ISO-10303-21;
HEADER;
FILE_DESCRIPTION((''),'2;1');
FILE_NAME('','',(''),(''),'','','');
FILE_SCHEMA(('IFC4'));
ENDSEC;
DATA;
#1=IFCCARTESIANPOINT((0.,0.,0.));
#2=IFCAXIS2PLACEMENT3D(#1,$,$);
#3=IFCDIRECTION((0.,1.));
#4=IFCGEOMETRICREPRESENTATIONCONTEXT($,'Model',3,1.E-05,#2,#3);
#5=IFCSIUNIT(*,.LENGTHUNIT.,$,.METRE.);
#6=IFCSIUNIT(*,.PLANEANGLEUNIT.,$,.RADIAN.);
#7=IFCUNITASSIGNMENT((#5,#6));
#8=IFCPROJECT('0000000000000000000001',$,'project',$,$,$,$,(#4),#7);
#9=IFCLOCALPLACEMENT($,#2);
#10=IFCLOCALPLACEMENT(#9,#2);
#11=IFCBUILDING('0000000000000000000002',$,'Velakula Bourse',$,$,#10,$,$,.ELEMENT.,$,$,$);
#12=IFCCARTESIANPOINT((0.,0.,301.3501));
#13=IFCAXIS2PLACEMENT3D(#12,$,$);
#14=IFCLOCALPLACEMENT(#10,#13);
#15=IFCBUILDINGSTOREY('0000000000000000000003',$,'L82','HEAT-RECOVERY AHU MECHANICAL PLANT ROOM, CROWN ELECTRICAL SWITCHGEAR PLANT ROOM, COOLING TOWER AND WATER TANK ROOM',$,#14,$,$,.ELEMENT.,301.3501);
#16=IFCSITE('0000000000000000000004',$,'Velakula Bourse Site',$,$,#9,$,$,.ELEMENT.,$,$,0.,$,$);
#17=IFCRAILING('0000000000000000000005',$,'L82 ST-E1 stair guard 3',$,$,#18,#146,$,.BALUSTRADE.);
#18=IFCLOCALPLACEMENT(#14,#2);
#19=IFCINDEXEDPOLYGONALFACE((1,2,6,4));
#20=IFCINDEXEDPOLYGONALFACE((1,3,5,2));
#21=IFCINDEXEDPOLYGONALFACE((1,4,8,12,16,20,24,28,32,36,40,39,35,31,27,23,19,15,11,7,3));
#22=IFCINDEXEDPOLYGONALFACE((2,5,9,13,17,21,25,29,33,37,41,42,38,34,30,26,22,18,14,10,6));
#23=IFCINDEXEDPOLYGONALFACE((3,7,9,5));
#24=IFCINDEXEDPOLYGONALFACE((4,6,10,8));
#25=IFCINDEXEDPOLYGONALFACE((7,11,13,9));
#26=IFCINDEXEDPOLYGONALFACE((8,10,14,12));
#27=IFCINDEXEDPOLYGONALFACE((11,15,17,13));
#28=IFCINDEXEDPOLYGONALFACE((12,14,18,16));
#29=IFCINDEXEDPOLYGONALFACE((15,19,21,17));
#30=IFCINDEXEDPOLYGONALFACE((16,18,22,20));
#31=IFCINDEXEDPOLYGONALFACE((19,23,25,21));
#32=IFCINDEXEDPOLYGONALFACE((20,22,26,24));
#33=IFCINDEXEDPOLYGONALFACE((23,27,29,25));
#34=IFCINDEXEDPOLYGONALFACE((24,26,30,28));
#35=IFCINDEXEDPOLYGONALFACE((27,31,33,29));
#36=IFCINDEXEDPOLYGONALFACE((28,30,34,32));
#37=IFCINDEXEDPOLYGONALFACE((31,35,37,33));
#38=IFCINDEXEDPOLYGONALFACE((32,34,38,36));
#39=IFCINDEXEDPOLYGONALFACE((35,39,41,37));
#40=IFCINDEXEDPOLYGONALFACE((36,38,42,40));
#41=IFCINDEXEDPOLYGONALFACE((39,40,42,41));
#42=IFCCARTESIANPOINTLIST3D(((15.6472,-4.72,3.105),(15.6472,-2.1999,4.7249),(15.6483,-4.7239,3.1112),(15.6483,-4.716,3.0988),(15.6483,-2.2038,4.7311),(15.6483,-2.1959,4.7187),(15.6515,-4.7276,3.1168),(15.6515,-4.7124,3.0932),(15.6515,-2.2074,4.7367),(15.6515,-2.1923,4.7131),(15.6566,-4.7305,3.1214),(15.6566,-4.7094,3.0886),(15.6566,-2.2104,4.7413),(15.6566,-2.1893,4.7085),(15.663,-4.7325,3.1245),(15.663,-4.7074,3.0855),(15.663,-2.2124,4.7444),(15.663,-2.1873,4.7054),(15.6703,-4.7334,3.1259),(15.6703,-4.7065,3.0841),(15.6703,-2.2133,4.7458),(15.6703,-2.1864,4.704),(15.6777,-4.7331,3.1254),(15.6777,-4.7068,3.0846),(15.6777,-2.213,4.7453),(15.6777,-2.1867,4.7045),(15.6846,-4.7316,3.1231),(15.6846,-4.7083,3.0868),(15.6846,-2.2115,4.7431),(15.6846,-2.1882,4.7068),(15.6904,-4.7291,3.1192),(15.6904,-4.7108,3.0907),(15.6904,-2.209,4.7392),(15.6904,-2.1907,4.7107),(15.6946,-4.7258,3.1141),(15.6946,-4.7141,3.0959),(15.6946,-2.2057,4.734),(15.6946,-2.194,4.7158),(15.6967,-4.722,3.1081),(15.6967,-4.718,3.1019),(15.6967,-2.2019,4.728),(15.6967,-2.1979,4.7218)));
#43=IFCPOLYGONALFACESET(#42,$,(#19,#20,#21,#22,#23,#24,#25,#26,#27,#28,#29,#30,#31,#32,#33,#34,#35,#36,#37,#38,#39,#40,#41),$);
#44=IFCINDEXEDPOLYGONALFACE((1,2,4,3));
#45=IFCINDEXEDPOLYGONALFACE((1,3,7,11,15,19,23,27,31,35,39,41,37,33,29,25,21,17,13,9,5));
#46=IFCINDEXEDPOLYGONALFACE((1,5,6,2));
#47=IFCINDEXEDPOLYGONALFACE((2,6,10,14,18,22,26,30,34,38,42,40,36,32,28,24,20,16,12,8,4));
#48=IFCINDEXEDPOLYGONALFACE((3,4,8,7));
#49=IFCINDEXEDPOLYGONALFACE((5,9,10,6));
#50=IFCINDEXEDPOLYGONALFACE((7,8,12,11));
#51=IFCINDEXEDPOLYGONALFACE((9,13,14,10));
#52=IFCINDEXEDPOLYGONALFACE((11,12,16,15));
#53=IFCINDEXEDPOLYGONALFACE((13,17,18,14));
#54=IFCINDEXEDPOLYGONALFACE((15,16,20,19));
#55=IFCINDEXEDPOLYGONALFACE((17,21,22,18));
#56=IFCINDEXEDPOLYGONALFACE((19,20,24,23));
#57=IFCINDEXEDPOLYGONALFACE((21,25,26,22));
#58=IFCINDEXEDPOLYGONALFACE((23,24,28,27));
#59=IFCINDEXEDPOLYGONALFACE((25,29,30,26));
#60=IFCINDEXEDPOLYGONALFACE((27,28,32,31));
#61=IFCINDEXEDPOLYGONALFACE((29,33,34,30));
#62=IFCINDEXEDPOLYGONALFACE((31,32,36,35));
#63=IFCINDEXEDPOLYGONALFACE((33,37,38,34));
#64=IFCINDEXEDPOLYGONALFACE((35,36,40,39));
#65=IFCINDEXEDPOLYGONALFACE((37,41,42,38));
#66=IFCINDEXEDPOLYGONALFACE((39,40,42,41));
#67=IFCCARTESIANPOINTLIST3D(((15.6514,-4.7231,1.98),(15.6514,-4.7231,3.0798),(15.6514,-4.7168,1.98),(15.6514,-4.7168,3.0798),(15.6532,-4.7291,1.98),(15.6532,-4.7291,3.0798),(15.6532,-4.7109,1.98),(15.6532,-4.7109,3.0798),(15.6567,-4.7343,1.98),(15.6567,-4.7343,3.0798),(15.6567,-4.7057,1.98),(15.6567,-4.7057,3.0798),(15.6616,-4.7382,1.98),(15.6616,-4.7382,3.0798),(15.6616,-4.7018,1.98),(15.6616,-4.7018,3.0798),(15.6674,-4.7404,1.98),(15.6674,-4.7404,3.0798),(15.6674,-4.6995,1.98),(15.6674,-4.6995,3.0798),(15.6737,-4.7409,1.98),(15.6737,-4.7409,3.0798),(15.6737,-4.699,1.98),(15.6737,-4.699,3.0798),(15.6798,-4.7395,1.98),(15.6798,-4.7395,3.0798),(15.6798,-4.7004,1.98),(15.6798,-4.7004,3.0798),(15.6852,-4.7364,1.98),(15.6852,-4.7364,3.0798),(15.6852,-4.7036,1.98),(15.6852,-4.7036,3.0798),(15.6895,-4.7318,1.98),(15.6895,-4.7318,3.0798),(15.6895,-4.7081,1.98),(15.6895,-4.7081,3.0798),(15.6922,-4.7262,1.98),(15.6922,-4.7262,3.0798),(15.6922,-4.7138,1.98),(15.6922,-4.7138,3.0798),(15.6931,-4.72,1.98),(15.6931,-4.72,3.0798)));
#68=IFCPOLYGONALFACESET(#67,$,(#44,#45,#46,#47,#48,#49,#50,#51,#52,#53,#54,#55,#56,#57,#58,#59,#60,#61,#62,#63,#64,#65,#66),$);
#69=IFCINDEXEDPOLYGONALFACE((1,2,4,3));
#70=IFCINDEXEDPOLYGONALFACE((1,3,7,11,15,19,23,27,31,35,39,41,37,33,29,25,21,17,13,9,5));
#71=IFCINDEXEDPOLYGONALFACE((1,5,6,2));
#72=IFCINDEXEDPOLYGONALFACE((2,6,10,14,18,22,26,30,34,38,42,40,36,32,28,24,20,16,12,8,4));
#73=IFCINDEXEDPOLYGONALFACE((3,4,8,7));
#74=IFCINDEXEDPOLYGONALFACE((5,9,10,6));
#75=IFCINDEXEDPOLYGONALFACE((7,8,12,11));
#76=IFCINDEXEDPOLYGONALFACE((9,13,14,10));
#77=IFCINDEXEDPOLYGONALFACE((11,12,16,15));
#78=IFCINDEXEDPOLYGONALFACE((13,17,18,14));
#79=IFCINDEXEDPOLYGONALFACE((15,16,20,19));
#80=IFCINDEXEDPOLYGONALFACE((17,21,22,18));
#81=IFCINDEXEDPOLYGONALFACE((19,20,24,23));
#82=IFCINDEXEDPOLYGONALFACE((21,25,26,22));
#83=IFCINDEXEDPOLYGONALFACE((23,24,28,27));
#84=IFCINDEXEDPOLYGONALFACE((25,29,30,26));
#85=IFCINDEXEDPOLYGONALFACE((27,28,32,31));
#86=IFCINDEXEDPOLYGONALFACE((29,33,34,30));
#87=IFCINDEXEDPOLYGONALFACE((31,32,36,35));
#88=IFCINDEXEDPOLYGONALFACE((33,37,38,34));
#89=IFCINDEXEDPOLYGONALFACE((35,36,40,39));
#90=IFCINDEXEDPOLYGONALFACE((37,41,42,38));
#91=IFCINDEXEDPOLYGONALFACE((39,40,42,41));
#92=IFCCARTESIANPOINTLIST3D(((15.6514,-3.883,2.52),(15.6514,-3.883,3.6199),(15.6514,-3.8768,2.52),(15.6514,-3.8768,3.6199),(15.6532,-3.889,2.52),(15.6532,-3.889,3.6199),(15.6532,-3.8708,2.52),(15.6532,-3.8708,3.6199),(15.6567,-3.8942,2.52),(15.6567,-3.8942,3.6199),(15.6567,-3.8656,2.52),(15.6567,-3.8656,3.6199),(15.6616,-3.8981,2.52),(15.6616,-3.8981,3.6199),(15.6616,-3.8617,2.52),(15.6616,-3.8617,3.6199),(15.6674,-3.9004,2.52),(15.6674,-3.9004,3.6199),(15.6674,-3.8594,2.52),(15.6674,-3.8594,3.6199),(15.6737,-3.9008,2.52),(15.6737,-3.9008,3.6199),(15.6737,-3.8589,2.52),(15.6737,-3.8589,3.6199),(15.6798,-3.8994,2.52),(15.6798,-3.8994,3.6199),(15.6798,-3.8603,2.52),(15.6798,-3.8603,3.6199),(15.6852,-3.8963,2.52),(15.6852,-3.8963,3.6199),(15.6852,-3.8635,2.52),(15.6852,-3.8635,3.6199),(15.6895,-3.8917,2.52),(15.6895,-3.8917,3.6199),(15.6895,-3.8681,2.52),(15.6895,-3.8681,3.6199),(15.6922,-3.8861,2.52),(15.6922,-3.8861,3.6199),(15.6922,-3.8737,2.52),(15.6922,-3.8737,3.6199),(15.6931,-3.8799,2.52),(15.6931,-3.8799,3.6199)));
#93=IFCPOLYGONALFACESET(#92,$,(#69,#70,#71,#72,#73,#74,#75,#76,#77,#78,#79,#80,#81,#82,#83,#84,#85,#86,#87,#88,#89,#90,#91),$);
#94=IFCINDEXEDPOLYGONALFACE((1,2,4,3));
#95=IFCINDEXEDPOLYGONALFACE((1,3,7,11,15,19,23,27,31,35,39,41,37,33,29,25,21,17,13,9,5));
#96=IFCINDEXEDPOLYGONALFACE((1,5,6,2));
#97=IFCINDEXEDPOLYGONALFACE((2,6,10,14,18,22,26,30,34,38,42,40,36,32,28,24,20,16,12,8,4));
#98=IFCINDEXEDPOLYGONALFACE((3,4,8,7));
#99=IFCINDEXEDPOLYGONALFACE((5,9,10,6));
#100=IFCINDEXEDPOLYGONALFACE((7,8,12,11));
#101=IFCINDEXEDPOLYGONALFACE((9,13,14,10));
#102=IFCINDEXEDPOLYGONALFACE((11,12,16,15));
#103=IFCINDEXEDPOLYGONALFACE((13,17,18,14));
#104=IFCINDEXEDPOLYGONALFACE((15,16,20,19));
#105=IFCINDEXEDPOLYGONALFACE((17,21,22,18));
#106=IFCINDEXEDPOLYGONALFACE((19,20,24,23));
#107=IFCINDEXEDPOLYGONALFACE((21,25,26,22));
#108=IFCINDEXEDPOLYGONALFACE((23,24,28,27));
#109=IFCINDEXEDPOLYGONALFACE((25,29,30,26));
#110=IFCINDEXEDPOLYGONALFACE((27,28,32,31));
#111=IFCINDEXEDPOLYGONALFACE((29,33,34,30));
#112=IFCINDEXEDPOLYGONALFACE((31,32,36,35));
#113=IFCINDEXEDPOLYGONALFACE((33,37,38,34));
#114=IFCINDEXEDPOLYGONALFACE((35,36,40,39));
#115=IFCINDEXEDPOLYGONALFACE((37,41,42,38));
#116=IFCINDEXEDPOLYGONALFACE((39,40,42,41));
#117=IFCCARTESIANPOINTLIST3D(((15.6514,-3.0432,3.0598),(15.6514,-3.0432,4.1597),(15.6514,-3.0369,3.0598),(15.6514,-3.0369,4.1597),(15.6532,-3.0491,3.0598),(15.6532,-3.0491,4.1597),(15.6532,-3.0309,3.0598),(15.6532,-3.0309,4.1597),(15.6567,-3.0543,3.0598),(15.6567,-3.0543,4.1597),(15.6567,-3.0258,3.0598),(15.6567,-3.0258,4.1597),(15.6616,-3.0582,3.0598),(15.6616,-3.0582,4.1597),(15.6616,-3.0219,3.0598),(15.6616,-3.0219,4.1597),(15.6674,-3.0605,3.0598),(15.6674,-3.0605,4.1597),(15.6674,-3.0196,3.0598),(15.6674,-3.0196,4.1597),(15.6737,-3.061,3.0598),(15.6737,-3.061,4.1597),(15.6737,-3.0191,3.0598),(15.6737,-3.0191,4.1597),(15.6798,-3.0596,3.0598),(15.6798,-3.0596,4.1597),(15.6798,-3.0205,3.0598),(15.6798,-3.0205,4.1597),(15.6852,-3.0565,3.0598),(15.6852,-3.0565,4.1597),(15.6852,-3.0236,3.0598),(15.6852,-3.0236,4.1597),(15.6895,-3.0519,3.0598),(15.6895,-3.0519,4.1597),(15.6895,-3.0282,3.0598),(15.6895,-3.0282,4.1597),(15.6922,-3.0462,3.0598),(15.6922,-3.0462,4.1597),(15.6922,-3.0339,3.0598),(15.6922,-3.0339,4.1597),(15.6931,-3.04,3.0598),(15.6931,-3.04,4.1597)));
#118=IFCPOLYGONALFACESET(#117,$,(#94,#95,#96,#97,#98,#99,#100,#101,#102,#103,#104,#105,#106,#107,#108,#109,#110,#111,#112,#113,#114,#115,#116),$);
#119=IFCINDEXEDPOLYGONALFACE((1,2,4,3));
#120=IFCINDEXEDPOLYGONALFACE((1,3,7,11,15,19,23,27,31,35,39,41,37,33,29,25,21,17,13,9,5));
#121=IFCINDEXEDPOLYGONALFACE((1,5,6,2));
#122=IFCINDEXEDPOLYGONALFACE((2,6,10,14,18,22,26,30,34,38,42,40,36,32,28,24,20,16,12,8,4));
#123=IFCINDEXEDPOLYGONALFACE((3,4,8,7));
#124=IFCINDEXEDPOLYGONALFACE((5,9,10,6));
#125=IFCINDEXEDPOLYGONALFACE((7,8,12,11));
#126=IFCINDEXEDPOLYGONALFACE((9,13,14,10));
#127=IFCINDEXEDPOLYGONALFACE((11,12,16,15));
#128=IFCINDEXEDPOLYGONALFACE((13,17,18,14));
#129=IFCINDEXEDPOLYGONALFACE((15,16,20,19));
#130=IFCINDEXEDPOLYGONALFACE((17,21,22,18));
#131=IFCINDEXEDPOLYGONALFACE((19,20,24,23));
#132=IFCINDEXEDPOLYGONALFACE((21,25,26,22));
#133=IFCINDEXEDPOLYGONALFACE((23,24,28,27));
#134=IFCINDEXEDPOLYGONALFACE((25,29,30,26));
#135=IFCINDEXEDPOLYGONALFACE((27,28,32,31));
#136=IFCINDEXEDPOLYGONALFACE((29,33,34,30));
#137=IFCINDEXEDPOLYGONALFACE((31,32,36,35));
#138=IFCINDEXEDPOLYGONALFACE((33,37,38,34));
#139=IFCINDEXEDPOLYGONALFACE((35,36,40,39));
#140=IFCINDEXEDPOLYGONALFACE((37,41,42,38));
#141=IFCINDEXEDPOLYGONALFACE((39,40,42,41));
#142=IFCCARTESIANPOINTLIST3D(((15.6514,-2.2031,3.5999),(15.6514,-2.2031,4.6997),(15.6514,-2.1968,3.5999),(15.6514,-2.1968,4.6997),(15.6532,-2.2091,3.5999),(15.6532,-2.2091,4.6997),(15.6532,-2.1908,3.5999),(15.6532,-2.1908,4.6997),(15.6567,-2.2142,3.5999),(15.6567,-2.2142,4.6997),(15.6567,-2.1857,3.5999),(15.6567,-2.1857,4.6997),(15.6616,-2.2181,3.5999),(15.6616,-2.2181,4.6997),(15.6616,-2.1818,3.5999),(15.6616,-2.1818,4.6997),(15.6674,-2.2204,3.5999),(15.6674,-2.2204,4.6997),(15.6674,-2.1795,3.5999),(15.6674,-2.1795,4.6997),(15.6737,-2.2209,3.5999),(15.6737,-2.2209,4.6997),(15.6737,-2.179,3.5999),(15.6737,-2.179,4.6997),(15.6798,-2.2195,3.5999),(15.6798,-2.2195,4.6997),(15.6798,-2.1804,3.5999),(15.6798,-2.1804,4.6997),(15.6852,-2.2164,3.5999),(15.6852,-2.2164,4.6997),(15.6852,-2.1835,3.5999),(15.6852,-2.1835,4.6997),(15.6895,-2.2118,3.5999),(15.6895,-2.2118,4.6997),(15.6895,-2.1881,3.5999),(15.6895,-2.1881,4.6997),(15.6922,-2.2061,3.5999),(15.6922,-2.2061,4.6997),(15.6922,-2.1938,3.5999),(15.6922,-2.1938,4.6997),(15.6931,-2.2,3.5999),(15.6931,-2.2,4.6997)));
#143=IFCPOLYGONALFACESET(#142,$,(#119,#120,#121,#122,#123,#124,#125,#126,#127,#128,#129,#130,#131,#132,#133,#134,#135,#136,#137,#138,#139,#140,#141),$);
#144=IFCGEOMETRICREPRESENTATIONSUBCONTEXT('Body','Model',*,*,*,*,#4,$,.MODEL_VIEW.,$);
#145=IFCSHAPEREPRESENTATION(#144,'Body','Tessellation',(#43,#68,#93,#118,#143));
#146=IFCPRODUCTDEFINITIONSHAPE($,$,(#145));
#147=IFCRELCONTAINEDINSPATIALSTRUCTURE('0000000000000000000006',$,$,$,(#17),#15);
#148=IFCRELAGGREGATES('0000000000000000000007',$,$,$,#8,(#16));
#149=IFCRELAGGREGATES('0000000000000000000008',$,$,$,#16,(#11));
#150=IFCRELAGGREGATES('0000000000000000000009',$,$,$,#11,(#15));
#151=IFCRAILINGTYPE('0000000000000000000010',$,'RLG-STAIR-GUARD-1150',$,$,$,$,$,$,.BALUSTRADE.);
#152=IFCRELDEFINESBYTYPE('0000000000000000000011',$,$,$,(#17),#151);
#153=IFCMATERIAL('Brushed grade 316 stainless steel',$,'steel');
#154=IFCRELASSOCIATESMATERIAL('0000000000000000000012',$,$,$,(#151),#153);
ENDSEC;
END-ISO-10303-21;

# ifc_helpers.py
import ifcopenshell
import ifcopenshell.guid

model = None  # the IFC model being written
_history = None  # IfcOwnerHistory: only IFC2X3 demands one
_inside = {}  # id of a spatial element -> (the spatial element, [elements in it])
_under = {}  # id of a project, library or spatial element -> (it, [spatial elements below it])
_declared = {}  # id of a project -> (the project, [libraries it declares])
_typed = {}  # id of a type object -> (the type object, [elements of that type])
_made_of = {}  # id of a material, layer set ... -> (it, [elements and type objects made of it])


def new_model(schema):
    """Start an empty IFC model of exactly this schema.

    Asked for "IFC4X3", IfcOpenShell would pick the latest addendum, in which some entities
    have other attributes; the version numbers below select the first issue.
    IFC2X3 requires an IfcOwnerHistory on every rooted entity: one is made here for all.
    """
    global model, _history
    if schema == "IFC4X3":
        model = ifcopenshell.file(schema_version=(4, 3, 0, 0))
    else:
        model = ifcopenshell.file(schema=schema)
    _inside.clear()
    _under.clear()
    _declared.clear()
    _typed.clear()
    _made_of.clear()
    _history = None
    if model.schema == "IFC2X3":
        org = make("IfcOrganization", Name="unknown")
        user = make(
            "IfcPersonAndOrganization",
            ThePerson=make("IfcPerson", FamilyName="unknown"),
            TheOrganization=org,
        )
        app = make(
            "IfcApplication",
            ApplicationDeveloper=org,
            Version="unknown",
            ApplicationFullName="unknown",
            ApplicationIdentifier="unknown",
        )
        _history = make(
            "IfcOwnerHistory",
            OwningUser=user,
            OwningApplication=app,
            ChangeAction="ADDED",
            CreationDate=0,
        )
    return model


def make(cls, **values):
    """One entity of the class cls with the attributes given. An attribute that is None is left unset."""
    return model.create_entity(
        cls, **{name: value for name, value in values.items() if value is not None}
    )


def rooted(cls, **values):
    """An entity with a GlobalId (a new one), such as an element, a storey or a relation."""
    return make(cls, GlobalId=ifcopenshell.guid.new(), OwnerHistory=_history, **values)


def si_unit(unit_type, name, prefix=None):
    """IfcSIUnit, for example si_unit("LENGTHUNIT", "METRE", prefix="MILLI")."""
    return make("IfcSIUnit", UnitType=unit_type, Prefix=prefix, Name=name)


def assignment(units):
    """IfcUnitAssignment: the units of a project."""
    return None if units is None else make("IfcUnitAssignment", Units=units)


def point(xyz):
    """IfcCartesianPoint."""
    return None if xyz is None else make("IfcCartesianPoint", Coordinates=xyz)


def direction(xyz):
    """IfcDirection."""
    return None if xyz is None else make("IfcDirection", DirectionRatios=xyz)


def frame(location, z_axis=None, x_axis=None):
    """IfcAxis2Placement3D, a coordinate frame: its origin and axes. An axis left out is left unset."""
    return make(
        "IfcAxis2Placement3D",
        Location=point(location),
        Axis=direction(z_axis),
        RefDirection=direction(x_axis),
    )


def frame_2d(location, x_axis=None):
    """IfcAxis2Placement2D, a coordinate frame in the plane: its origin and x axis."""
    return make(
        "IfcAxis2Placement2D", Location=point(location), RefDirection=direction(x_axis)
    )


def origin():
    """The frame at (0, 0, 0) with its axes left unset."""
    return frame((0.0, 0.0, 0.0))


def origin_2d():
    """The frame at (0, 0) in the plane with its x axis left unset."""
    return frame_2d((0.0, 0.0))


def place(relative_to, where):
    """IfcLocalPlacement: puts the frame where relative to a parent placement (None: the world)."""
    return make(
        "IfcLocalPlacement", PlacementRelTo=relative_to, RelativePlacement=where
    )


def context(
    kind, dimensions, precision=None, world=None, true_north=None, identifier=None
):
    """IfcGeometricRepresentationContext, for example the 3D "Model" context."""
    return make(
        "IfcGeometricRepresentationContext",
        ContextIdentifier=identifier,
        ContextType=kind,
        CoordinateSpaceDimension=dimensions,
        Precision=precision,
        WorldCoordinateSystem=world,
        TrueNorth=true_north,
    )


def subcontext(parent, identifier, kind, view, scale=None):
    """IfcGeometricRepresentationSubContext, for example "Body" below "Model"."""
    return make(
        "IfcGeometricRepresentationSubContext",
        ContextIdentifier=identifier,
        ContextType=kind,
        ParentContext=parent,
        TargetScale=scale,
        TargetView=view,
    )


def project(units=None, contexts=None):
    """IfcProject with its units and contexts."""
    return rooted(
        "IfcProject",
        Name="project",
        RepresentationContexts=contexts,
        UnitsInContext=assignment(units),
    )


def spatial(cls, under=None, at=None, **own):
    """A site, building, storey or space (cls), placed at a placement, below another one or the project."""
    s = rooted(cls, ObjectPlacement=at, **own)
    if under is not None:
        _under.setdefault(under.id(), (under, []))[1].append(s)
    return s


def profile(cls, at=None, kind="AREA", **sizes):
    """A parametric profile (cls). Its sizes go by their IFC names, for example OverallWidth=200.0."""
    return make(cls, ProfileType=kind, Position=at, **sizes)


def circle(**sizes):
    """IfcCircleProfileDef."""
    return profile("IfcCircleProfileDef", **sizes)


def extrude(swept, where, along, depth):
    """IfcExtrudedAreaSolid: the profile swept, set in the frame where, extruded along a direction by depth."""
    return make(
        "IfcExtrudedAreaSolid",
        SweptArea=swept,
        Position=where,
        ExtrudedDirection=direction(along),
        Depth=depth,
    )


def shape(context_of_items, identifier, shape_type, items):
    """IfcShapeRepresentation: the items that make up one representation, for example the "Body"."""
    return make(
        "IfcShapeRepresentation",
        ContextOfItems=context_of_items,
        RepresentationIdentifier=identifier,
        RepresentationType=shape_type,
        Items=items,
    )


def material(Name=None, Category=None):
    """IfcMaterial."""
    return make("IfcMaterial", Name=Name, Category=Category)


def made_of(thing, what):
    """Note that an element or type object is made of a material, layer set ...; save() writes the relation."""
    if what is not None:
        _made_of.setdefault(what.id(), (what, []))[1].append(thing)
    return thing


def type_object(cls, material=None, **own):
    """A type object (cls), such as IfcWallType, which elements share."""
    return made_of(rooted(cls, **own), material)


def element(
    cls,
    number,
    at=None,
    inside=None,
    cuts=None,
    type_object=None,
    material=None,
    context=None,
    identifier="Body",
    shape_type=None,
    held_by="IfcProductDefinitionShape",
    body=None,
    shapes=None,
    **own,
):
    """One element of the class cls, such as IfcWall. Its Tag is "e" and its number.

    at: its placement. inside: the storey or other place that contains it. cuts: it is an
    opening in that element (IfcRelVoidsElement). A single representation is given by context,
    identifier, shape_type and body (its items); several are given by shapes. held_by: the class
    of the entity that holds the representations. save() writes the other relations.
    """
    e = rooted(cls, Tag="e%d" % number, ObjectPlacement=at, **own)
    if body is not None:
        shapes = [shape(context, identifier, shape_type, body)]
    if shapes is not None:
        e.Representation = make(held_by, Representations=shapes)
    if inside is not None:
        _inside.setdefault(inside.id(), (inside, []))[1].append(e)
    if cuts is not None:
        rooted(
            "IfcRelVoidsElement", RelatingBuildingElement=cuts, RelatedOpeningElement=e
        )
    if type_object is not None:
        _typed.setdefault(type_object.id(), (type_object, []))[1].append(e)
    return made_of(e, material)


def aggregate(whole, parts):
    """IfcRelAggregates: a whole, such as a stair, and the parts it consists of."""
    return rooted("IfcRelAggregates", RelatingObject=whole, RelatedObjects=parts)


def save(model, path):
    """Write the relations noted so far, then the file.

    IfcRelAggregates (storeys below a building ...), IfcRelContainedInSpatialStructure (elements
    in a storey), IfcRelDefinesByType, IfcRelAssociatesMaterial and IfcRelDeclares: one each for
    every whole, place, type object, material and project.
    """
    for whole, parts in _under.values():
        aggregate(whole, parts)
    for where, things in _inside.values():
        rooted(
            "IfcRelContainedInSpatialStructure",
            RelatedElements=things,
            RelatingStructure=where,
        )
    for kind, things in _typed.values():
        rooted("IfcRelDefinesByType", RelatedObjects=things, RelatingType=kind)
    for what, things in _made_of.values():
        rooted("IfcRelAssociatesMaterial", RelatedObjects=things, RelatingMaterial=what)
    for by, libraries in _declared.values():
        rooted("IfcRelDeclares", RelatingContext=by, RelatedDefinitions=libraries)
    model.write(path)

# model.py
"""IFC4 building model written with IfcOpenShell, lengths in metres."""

from ifc_helpers import new_model, si_unit, direction, frame, origin, origin_2d, place, context, subcontext, project, spatial, circle, extrude, material, type_object, element, save


model = new_model("IFC4")

# Units and contexts
model_context = context("Model", 3, precision=1e-05, world=origin(), true_north=direction((0.0, 1.0)))
body_context = subcontext(model_context, "Body", "Model", "MODEL_VIEW")
ifc_project = project(units=[si_unit("LENGTHUNIT", "METRE"), si_unit("PLANEANGLEUNIT", "RADIAN")], contexts=[model_context])

# Site, building, storey
site_placement = place(None, origin())
site = spatial("IfcSite", under=ifc_project, at=site_placement, Name="Velakula Bourse Site", CompositionType="ELEMENT", RefElevation=0.0)
building_placement = place(site_placement, origin())
building = spatial("IfcBuilding", under=site, at=building_placement, Name="Velakula Bourse", CompositionType="ELEMENT")
storey_placement = place(building_placement, frame((0.0, 0.0, 301.3501)))
storey = spatial("IfcBuildingStorey", under=building, at=storey_placement, Name="L82", Description="HEAT-RECOVERY AHU MECHANICAL PLANT ROOM, CROWN ELECTRICAL SWITCHGEAR PLANT ROOM, COOLING TOWER AND WATER TANK ROOM", CompositionType="ELEMENT", Elevation=301.3501)

# Shared definitions
ifc_material_1 = material(Name="Brushed grade 316 stainless steel", Category="steel")

# Railing
railing_type_1 = type_object("IfcRailingType", Name="RLG-STAIR-GUARD-1150", PredefinedType="BALUSTRADE", material=ifc_material_1)
railing_1_placement = place(storey_placement, frame((15.6721, -4.72, 1.98)))
element("IfcRailing", 1, at=railing_1_placement, inside=storey, type_object=railing_type_1, Name="L82 ST-E1 stair guard 3", PredefinedType="BALUSTRADE", context=body_context, shape_type="SweptSolid", body=[
    extrude(circle(Radius=0.0249, at=origin_2d()), frame((0.0, 0.0, 1.125), z_axis=(0.0, 0.8412, 0.540725), x_axis=(-1.0, 0.0, 0.0)), (0.0, 0.0, 1.0), 2.9958),
    extrude(circle(Radius=0.021, at=origin_2d()), origin(), (0.0, 0.0, 1.0), 1.0999),
    extrude(circle(Radius=0.021, at=origin_2d()), frame((0.0, 0.8401, 0.54)), (0.0, 0.0, 1.0), 1.0999),
    extrude(circle(Radius=0.021, at=origin_2d()), frame((0.0, 1.6799, 1.0798)), (0.0, 0.0, 1.0), 1.0999),
    extrude(circle(Radius=0.021, at=origin_2d()), frame((0.0, 2.52, 1.6199)), (0.0, 0.0, 1.0), 1.0999),
])

save(model, "model.ifc")
